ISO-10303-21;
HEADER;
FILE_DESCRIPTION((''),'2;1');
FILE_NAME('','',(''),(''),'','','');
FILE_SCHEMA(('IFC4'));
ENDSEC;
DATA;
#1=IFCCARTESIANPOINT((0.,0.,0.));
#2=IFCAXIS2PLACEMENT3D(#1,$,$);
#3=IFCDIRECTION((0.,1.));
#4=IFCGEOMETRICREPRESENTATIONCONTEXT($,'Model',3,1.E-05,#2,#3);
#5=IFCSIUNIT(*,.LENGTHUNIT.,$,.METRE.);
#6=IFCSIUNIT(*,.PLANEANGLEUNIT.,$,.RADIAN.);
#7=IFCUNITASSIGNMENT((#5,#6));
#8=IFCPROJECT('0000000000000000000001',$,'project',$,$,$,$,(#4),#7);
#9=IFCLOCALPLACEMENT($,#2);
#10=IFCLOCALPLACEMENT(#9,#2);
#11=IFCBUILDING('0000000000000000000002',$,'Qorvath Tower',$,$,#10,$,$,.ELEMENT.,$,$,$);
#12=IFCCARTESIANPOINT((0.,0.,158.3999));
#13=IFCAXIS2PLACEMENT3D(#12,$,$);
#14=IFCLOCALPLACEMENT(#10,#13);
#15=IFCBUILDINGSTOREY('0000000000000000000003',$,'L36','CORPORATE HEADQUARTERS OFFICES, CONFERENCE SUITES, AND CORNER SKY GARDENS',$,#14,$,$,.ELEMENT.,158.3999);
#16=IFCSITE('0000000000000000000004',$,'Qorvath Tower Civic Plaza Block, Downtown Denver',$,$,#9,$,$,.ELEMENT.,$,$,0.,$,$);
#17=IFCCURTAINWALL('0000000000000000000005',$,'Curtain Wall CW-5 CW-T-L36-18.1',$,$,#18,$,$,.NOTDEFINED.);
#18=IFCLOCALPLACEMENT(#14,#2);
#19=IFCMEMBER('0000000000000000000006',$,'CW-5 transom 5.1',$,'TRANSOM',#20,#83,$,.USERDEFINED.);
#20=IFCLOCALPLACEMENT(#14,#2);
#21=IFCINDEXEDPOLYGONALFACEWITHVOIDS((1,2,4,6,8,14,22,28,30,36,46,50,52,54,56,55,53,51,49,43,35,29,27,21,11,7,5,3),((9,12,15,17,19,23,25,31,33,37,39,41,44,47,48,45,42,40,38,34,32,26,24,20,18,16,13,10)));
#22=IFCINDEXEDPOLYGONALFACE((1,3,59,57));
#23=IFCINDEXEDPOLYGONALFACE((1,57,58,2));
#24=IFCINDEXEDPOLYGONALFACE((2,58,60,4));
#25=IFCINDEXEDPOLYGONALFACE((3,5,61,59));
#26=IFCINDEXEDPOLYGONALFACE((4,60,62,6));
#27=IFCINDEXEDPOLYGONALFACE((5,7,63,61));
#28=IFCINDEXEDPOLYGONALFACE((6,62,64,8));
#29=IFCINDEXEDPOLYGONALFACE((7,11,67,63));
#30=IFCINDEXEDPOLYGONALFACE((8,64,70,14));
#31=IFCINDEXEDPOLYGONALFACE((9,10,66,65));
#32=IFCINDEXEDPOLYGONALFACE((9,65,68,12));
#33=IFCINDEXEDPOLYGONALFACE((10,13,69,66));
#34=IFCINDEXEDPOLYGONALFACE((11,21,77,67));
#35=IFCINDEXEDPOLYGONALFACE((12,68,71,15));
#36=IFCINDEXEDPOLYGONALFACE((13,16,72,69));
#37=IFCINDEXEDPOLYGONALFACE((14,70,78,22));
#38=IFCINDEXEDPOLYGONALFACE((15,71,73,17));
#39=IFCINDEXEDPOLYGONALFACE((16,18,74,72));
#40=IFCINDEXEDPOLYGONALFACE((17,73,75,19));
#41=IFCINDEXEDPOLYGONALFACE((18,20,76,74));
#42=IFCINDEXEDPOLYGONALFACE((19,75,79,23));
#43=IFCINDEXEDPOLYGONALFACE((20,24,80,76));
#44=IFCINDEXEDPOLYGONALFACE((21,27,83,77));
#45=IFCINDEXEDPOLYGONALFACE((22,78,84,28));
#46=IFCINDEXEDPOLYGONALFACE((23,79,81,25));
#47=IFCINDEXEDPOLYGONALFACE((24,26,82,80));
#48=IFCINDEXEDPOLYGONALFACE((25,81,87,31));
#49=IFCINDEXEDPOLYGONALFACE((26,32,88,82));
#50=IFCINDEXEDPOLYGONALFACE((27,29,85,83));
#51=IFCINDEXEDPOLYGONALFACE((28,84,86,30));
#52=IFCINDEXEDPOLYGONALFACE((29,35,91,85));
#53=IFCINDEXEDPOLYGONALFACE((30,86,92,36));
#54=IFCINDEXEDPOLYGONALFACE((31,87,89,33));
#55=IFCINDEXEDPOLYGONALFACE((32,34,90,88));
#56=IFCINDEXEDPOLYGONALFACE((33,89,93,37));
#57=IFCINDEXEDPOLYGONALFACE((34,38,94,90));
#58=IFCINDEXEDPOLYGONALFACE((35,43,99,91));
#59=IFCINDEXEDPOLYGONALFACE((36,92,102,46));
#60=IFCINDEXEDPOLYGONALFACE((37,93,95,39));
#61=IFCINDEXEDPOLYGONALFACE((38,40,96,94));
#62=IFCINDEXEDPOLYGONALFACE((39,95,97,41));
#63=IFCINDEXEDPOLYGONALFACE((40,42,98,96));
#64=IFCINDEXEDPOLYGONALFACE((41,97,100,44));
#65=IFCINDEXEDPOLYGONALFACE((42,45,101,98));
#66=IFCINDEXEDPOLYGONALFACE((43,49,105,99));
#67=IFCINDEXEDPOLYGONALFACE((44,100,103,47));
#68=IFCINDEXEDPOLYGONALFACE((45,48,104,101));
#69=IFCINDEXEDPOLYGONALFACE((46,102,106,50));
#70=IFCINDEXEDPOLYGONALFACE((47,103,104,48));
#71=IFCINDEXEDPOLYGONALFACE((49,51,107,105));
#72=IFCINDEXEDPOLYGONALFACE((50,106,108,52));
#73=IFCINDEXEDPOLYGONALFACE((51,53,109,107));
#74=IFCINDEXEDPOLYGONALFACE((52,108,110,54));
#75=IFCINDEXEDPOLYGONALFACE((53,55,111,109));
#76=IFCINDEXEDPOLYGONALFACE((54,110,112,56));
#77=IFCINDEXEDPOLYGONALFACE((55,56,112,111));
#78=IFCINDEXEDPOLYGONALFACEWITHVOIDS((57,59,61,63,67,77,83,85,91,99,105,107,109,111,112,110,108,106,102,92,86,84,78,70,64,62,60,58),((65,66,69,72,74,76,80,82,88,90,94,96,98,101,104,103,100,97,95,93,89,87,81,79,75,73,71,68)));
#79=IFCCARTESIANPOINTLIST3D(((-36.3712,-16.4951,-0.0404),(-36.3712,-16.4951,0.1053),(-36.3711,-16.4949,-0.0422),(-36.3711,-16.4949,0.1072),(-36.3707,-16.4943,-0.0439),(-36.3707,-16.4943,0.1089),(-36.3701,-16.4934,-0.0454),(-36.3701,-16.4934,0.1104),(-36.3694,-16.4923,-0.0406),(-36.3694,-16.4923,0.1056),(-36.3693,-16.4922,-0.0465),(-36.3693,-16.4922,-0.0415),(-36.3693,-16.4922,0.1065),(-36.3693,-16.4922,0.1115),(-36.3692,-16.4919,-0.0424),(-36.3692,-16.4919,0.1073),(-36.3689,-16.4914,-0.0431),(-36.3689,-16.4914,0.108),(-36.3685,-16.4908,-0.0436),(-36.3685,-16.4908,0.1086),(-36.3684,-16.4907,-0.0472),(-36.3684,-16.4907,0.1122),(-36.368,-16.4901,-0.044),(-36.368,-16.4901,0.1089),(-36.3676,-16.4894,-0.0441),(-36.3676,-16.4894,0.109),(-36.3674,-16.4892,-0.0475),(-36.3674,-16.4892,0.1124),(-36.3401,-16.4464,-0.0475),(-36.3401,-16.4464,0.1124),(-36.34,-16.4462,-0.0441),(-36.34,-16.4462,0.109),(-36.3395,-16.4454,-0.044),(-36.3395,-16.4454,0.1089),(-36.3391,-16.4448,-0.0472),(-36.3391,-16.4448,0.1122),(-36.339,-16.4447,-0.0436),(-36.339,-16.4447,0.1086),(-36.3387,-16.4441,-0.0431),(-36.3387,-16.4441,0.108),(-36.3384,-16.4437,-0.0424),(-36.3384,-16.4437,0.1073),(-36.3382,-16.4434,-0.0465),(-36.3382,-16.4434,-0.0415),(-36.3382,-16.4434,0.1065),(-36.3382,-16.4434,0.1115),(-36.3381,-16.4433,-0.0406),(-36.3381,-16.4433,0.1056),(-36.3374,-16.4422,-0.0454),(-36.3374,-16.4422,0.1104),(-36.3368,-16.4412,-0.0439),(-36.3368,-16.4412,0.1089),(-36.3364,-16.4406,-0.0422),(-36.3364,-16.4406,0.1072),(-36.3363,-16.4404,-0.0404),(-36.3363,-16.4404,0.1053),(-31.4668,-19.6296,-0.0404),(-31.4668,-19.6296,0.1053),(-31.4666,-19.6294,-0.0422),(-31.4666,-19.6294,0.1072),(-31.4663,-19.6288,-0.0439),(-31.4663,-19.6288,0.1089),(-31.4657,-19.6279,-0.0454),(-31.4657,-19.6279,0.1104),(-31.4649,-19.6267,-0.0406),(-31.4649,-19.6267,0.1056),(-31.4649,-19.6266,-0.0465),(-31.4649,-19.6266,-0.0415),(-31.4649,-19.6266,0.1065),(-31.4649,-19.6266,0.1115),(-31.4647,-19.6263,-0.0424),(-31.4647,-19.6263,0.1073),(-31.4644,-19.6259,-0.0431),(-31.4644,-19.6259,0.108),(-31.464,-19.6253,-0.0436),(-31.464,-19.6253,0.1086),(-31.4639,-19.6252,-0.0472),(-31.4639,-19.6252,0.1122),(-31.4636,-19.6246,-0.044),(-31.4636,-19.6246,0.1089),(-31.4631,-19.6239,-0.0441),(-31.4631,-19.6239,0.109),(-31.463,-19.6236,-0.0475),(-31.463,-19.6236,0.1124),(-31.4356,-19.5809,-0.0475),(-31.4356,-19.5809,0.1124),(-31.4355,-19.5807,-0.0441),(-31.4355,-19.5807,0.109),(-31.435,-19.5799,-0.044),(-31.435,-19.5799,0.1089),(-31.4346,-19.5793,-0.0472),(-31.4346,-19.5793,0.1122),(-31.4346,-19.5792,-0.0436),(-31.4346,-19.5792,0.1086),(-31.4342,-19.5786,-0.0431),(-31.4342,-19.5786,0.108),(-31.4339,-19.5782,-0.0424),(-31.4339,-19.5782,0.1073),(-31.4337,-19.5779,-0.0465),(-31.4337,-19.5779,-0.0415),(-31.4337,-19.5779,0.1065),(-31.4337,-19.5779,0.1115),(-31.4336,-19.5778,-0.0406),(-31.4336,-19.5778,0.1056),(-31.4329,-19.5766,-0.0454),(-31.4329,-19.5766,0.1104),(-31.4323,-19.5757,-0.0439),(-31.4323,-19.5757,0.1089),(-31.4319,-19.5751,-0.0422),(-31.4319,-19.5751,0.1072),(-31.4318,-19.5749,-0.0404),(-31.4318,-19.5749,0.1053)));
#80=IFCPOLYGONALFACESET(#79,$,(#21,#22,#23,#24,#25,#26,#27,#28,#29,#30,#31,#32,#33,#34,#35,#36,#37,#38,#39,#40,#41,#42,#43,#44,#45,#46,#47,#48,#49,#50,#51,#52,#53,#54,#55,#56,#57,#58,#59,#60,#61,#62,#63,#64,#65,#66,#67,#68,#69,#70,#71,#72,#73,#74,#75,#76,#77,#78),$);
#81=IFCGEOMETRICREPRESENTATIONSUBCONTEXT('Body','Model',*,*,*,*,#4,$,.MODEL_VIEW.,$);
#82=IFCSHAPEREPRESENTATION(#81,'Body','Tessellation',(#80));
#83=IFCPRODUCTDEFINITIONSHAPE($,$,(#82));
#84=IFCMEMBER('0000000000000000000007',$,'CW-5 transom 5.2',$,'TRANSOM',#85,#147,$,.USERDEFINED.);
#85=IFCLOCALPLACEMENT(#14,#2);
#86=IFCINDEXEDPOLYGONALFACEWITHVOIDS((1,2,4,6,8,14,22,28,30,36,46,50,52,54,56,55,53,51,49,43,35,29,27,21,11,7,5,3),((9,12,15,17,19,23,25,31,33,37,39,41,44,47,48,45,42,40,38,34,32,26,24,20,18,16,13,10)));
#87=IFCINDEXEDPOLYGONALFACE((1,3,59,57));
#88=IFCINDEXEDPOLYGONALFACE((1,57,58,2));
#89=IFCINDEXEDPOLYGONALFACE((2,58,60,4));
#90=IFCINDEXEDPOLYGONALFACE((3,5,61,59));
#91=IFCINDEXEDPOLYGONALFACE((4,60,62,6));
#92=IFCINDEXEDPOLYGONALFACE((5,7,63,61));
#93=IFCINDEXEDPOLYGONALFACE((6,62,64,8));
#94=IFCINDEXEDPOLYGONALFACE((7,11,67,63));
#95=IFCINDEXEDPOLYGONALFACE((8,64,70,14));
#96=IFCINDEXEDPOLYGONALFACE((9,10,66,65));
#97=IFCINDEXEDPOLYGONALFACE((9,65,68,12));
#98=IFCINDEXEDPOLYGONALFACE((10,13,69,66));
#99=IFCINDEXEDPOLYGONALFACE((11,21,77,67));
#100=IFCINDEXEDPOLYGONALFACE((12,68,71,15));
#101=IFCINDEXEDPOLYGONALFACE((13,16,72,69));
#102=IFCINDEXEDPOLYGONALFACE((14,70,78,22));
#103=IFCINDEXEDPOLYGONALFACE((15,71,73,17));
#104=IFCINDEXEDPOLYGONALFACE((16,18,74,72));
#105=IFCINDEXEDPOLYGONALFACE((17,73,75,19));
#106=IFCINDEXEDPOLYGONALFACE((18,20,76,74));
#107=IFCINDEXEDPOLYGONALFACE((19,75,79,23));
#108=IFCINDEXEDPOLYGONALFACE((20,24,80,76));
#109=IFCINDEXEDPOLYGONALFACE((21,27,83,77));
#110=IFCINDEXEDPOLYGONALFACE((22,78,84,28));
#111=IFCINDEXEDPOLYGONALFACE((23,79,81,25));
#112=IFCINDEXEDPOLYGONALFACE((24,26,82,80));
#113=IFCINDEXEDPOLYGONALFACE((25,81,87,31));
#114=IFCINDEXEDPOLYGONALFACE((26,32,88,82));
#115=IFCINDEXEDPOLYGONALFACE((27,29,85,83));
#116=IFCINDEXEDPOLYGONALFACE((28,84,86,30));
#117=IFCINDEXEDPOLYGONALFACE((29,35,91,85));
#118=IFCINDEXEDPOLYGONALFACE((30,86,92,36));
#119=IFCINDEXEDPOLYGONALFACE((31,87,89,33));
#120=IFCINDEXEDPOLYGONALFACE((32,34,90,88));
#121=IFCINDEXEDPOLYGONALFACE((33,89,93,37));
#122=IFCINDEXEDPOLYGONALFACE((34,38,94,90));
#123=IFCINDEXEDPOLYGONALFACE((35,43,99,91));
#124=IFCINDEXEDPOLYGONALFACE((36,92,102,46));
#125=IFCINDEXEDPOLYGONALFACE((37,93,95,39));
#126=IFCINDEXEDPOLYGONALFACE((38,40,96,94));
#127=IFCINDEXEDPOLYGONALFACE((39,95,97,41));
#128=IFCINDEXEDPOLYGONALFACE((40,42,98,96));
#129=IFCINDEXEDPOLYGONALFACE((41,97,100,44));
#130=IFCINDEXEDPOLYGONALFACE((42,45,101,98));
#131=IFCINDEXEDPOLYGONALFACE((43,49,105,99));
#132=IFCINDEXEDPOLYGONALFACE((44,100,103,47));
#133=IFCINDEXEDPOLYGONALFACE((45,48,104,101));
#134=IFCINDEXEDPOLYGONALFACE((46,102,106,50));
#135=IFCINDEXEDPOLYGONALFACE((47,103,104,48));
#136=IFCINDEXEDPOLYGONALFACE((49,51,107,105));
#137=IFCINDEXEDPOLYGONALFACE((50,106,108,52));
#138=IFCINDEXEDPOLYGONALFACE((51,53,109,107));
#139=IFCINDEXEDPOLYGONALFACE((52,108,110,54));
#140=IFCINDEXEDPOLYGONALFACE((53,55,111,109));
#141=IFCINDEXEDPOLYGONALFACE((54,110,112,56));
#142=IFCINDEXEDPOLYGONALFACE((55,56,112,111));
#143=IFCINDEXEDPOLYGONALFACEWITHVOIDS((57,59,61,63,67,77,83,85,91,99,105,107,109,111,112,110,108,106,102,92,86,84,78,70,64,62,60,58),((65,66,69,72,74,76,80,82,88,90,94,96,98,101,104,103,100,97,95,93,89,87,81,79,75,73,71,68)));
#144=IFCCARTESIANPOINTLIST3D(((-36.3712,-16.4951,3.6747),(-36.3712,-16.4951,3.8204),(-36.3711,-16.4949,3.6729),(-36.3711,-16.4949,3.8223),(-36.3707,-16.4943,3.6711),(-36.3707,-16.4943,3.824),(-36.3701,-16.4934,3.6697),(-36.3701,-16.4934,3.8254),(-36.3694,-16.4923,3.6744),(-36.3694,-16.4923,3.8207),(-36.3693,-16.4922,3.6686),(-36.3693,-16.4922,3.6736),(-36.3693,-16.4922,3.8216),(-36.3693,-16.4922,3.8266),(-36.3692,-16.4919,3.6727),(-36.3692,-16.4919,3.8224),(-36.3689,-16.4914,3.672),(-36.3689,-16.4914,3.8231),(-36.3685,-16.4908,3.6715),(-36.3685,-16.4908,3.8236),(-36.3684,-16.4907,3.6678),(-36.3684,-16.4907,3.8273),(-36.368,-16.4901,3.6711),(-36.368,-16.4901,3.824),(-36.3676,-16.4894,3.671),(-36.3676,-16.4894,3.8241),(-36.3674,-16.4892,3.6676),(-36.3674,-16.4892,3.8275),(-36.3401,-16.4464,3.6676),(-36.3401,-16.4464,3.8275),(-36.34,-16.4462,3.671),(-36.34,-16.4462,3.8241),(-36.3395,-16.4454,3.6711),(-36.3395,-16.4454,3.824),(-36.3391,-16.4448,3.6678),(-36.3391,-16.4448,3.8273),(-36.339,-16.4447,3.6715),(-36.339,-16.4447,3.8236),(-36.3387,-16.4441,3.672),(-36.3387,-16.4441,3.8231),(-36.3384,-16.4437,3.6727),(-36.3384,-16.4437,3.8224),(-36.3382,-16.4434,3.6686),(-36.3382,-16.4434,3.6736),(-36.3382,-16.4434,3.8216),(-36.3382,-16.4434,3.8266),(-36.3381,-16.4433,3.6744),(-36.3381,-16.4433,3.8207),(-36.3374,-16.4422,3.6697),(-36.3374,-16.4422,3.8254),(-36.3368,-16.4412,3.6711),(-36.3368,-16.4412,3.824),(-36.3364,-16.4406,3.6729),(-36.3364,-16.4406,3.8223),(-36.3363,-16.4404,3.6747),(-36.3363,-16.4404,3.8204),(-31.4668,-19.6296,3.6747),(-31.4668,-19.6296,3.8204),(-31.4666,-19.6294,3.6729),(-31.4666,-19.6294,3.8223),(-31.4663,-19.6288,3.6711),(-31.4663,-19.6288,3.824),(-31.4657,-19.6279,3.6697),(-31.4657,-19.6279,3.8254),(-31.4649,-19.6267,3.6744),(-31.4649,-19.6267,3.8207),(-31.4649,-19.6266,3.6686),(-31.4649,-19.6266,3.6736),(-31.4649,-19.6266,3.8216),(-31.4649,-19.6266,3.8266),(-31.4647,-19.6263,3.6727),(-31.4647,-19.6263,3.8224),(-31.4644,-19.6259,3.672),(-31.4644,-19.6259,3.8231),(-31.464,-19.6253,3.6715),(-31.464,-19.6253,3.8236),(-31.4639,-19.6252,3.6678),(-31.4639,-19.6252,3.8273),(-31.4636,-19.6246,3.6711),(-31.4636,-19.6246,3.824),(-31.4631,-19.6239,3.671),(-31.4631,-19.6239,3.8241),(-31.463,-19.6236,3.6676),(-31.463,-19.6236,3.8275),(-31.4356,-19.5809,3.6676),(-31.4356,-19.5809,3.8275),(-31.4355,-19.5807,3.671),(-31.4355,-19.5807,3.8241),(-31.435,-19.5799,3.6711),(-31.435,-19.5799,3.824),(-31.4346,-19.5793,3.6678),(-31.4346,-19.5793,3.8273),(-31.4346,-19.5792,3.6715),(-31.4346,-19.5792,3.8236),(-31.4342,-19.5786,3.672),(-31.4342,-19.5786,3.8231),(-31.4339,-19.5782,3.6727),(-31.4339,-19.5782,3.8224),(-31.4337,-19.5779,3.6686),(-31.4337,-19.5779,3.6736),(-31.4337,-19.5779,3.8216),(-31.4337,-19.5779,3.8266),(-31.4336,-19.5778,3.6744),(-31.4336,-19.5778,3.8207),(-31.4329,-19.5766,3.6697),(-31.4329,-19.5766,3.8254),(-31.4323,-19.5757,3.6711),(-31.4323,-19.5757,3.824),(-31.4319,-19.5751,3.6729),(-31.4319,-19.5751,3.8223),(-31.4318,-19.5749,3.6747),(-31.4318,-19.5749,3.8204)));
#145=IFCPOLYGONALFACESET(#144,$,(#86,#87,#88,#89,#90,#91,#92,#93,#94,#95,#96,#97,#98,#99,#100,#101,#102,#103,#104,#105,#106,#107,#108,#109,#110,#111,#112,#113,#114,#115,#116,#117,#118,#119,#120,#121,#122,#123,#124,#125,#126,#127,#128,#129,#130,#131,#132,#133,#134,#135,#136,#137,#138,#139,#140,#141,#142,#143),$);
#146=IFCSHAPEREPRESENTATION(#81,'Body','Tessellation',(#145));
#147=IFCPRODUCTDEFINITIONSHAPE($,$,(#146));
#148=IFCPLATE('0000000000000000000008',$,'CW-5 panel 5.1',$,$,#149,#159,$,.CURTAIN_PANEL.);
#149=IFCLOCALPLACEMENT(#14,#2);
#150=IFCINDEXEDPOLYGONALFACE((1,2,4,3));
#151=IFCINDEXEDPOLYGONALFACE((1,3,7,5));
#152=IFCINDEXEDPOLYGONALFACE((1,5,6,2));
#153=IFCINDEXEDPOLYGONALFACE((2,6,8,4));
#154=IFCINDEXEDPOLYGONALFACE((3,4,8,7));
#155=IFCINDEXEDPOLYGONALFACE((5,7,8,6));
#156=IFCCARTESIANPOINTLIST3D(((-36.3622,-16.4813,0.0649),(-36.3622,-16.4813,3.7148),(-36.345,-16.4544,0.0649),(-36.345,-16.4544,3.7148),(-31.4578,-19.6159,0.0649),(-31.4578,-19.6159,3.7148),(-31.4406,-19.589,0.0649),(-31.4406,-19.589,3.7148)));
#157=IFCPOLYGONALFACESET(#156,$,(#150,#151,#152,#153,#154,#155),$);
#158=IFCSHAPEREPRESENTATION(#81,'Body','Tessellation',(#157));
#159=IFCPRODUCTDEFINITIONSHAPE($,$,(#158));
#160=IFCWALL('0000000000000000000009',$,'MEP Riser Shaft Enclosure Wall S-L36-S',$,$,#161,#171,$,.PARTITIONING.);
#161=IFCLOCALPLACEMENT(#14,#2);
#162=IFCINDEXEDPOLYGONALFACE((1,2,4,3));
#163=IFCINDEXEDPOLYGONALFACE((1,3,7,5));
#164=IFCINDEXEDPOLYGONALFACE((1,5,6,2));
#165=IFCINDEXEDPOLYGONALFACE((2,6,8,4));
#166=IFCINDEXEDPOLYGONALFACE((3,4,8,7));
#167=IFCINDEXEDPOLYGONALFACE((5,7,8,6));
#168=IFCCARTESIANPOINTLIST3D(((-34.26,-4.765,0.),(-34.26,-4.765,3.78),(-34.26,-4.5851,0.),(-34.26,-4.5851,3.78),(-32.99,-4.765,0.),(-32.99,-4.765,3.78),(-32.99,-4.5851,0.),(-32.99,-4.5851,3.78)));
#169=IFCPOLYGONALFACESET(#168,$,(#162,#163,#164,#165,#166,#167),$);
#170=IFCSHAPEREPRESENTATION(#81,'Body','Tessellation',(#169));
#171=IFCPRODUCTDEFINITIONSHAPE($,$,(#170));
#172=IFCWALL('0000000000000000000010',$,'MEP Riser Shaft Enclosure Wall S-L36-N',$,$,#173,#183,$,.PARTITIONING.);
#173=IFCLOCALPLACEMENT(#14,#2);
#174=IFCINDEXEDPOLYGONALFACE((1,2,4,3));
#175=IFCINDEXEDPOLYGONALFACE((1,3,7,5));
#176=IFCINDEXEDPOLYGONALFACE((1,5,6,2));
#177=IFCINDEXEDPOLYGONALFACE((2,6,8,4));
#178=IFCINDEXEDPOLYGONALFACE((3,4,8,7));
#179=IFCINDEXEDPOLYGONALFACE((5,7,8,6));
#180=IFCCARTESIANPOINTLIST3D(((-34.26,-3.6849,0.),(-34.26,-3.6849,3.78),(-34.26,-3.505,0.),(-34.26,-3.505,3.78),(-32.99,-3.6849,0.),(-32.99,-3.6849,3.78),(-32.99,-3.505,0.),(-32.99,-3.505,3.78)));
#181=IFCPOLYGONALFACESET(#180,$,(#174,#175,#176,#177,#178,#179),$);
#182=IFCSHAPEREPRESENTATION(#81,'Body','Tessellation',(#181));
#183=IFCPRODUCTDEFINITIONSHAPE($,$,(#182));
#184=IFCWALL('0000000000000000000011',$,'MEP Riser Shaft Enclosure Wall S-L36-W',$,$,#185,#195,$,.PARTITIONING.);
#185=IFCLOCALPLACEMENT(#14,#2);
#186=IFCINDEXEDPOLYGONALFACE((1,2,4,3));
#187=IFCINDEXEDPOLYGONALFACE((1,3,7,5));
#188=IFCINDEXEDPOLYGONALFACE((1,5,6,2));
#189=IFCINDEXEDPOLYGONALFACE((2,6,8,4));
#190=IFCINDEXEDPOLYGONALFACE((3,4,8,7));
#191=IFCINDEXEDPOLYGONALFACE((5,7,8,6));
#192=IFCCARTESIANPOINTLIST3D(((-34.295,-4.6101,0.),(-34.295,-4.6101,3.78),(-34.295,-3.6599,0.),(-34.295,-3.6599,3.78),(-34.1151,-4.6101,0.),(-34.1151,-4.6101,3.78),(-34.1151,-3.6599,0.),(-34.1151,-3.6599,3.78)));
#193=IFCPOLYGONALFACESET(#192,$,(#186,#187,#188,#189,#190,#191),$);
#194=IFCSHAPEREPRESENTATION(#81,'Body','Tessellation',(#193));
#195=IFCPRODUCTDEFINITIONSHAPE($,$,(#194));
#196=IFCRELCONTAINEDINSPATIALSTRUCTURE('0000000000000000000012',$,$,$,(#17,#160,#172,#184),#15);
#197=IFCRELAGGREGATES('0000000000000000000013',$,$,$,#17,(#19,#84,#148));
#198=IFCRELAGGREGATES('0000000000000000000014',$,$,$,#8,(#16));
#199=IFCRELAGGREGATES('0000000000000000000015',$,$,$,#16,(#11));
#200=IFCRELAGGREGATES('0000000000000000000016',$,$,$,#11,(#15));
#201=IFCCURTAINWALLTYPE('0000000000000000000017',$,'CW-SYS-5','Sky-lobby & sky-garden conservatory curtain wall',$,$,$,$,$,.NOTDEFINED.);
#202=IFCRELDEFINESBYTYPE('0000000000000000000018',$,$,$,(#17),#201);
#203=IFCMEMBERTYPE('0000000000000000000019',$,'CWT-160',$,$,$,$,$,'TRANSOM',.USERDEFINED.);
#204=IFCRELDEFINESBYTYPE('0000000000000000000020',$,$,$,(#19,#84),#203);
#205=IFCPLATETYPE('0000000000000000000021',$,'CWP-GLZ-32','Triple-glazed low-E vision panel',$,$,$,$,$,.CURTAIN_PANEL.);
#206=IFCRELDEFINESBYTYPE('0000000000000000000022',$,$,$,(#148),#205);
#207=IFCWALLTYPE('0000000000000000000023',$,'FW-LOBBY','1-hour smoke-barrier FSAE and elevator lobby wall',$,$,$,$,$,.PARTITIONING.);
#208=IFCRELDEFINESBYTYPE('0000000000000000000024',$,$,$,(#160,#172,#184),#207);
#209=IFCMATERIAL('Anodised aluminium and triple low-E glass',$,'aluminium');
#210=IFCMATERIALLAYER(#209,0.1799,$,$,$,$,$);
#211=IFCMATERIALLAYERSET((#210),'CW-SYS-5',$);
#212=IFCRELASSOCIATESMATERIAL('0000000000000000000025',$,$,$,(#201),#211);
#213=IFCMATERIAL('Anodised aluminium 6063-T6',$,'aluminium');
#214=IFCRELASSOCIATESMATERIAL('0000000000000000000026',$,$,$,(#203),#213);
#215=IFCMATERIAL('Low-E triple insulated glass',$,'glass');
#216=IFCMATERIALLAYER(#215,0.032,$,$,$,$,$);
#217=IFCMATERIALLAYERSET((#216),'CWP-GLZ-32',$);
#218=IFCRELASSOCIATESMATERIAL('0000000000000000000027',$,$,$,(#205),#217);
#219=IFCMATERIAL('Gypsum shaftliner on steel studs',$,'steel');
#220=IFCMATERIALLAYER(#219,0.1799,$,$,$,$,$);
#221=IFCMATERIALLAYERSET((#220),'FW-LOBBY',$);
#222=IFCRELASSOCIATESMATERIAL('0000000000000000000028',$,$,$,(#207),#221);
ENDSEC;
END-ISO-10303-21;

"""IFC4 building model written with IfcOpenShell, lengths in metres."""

from ifc_helpers import new_model, si_unit, direction, frame, frame_2d, origin, origin_2d, place, context, subcontext, project, spatial, rectangle, hollow_rectangle, extrude, material, layer, layer_set, material_profile, profile_set, type_object, element, aggregate, save


model = new_model("IFC4")

# Units and contexts
model_context = context("Model", 3, precision=1e-05, world=origin(), true_north=direction((0.0, 1.0)))
body_context = subcontext(model_context, "Body", "Model", "MODEL_VIEW")
ifc_project = project(units=[si_unit("LENGTHUNIT", "METRE"), si_unit("PLANEANGLEUNIT", "RADIAN")], contexts=[model_context])

# Site, building, storey
site_placement = place(None, origin())
site = spatial("IfcSite", under=ifc_project, at=site_placement, Name="Qorvath Tower Civic Plaza Block, Downtown Denver", CompositionType="ELEMENT", RefElevation=0.0)
building_placement = place(site_placement, origin())
building = spatial("IfcBuilding", under=site, at=building_placement, Name="Qorvath Tower", CompositionType="ELEMENT")
storey_placement = place(building_placement, frame((0.0, 0.0, 158.3999)))
storey = spatial("IfcBuildingStorey", under=building, at=storey_placement, Name="L36", Description="CORPORATE HEADQUARTERS OFFICES, CONFERENCE SUITES, AND CORNER SKY GARDENS", CompositionType="ELEMENT", Elevation=158.3999)

# Curtain wall, members, plate
ifc_material_1 = material(Name="Anodised aluminium and triple low-E glass", Category="aluminium")
ifc_layer_1 = layer(ifc_material_1, 0.1799)
ifc_layer_set_1 = layer_set([ifc_layer_1], Name="CW-SYS-5")
curtain_wall_type = type_object("IfcCurtainWallType", Name="CW-SYS-5", Description="Sky-lobby & sky-garden conservatory curtain wall", PredefinedType="NOTDEFINED", material=ifc_layer_set_1)
curtain_wall_placement = place(storey_placement, origin())
curtain_wall = element("IfcCurtainWall", 1, at=curtain_wall_placement, inside=storey, type_object=curtain_wall_type, Name="Curtain Wall CW-5 CW-T-L36-18.1", PredefinedType="NOTDEFINED")
ifc_material_2 = material(Name="Anodised aluminium 6063-T6", Category="aluminium")
ifc_material_profile_1 = material_profile(ifc_material_2, hollow_rectangle(XDim=0.0649, YDim=0.1599, WallThickness=0.0034, InnerFilletRadius=0.0034, OuterFilletRadius=0.0071, at=origin_2d()), Name="CWT 160x65")
ifc_profile_set_1 = profile_set([ifc_material_profile_1], Name="Anodised aluminium 6063-T6")
member_type_1 = type_object("IfcMemberType", Name="CWT-160", ElementType="TRANSOM", PredefinedType="USERDEFINED", material=ifc_profile_set_1)
member_1_placement = place(storey_placement, frame((-36.3538, -16.4678, 0.0325), z_axis=(0.842613, -0.538519, 0.0), x_axis=(0.538519, 0.842613, 0.0)))
member_1 = element("IfcMember", 2, at=member_1_placement, type_object=member_type_1, Name="CW-5 transom 5.1", ObjectType="TRANSOM", PredefinedType="USERDEFINED", context=body_context, shape_type="SweptSolid", body=[
    extrude(hollow_rectangle(XDim=0.0649, YDim=0.1599, WallThickness=0.0034, InnerFilletRadius=0.0034, OuterFilletRadius=0.0071, at=origin_2d()), origin(), (0.0, 0.0, 1.0), 5.8206),
])
member_2_placement = place(storey_placement, frame((-36.3538, -16.4678, 3.7476), z_axis=(0.842613, -0.538519, 0.0), x_axis=(0.538519, 0.842613, 0.0)))
member_2 = element("IfcMember", 3, at=member_2_placement, type_object=member_type_1, Name="CW-5 transom 5.2", ObjectType="TRANSOM", PredefinedType="USERDEFINED", context=body_context, shape_type="SweptSolid", body=[
    extrude(hollow_rectangle(XDim=0.0649, YDim=0.1599, WallThickness=0.0034, InnerFilletRadius=0.0034, OuterFilletRadius=0.0071, at=origin_2d()), origin(), (0.0, 0.0, 1.0), 5.8206),
])
ifc_material_3 = material(Name="Low-E triple insulated glass", Category="glass")
ifc_layer_2 = layer(ifc_material_3, 0.032)
ifc_layer_set_2 = layer_set([ifc_layer_2], Name="CWP-GLZ-32")
plate_type = type_object("IfcPlateType", Name="CWP-GLZ-32", Description="Triple-glazed low-E vision panel", PredefinedType="CURTAIN_PANEL", material=ifc_layer_set_2)
plate_placement = place(storey_placement, frame((-33.9014, -18.0352, 0.0649), z_axis=(0.0, 0.0, 1.0), x_axis=(0.842601, -0.538539, 0.0)))
plate = element("IfcPlate", 4, at=plate_placement, type_object=plate_type, Name="CW-5 panel 5.1", PredefinedType="CURTAIN_PANEL", context=body_context, shape_type="SweptSolid", body=[
    extrude(rectangle(XDim=5.8206, YDim=0.032, at=origin_2d()), origin(), (0.0, 0.0, 1.0), 3.6499),
])
aggregate(curtain_wall, [member_1, member_2, plate])

# Walls
ifc_material_4 = material(Name="Gypsum shaftliner on steel studs", Category="steel")
ifc_layer_3 = layer(ifc_material_4, 0.1799)
ifc_layer_set_3 = layer_set([ifc_layer_3], Name="FW-LOBBY")
wall_type_1 = type_object("IfcWallType", Name="FW-LOBBY", Description="1-hour smoke-barrier FSAE and elevator lobby wall", PredefinedType="PARTITIONING", material=ifc_layer_set_3)
for number, where, z_axis, x_axis, name in (
    (5, (-32.99, -4.675, 0.0), (0.0, 0.0, 1.0), (-1.0, 0.0, 0.0), "MEP Riser Shaft Enclosure Wall S-L36-S"),
    (6, (-34.26, -3.595, 0.0), (0.0, 0.0, 1.0), (1.0, 0.0, 0.0), "MEP Riser Shaft Enclosure Wall S-L36-N"),
):
    element("IfcWall", number, at=place(storey_placement, frame(where, z_axis=z_axis, x_axis=x_axis)), inside=storey, type_object=wall_type_1, Name=name, PredefinedType="PARTITIONING", context=body_context, shape_type="SweptSolid", body=[
        extrude(rectangle(XDim=1.27, YDim=0.1799, at=frame_2d((0.635, 0.0))), origin(), (0.0, 0.0, 1.0), 3.78),
    ])
for number, where, z_axis, x_axis, name in (
    (7, (-34.2051, -4.6101, 0.0), (0.0, 0.0, 1.0), (0.0, 1.0, 0.0), "MEP Riser Shaft Enclosure Wall S-L36-W"),
):
    element("IfcWall", number, at=place(storey_placement, frame(where, z_axis=z_axis, x_axis=x_axis)), inside=storey, type_object=wall_type_1, Name=name, PredefinedType="PARTITIONING", context=body_context, shape_type="SweptSolid", body=[
        extrude(rectangle(XDim=0.9502, YDim=0.1799, at=frame_2d((0.4751, 0.0))), origin(), (0.0, 0.0, 1.0), 3.78),
    ])

save(model, "model.ifc")
